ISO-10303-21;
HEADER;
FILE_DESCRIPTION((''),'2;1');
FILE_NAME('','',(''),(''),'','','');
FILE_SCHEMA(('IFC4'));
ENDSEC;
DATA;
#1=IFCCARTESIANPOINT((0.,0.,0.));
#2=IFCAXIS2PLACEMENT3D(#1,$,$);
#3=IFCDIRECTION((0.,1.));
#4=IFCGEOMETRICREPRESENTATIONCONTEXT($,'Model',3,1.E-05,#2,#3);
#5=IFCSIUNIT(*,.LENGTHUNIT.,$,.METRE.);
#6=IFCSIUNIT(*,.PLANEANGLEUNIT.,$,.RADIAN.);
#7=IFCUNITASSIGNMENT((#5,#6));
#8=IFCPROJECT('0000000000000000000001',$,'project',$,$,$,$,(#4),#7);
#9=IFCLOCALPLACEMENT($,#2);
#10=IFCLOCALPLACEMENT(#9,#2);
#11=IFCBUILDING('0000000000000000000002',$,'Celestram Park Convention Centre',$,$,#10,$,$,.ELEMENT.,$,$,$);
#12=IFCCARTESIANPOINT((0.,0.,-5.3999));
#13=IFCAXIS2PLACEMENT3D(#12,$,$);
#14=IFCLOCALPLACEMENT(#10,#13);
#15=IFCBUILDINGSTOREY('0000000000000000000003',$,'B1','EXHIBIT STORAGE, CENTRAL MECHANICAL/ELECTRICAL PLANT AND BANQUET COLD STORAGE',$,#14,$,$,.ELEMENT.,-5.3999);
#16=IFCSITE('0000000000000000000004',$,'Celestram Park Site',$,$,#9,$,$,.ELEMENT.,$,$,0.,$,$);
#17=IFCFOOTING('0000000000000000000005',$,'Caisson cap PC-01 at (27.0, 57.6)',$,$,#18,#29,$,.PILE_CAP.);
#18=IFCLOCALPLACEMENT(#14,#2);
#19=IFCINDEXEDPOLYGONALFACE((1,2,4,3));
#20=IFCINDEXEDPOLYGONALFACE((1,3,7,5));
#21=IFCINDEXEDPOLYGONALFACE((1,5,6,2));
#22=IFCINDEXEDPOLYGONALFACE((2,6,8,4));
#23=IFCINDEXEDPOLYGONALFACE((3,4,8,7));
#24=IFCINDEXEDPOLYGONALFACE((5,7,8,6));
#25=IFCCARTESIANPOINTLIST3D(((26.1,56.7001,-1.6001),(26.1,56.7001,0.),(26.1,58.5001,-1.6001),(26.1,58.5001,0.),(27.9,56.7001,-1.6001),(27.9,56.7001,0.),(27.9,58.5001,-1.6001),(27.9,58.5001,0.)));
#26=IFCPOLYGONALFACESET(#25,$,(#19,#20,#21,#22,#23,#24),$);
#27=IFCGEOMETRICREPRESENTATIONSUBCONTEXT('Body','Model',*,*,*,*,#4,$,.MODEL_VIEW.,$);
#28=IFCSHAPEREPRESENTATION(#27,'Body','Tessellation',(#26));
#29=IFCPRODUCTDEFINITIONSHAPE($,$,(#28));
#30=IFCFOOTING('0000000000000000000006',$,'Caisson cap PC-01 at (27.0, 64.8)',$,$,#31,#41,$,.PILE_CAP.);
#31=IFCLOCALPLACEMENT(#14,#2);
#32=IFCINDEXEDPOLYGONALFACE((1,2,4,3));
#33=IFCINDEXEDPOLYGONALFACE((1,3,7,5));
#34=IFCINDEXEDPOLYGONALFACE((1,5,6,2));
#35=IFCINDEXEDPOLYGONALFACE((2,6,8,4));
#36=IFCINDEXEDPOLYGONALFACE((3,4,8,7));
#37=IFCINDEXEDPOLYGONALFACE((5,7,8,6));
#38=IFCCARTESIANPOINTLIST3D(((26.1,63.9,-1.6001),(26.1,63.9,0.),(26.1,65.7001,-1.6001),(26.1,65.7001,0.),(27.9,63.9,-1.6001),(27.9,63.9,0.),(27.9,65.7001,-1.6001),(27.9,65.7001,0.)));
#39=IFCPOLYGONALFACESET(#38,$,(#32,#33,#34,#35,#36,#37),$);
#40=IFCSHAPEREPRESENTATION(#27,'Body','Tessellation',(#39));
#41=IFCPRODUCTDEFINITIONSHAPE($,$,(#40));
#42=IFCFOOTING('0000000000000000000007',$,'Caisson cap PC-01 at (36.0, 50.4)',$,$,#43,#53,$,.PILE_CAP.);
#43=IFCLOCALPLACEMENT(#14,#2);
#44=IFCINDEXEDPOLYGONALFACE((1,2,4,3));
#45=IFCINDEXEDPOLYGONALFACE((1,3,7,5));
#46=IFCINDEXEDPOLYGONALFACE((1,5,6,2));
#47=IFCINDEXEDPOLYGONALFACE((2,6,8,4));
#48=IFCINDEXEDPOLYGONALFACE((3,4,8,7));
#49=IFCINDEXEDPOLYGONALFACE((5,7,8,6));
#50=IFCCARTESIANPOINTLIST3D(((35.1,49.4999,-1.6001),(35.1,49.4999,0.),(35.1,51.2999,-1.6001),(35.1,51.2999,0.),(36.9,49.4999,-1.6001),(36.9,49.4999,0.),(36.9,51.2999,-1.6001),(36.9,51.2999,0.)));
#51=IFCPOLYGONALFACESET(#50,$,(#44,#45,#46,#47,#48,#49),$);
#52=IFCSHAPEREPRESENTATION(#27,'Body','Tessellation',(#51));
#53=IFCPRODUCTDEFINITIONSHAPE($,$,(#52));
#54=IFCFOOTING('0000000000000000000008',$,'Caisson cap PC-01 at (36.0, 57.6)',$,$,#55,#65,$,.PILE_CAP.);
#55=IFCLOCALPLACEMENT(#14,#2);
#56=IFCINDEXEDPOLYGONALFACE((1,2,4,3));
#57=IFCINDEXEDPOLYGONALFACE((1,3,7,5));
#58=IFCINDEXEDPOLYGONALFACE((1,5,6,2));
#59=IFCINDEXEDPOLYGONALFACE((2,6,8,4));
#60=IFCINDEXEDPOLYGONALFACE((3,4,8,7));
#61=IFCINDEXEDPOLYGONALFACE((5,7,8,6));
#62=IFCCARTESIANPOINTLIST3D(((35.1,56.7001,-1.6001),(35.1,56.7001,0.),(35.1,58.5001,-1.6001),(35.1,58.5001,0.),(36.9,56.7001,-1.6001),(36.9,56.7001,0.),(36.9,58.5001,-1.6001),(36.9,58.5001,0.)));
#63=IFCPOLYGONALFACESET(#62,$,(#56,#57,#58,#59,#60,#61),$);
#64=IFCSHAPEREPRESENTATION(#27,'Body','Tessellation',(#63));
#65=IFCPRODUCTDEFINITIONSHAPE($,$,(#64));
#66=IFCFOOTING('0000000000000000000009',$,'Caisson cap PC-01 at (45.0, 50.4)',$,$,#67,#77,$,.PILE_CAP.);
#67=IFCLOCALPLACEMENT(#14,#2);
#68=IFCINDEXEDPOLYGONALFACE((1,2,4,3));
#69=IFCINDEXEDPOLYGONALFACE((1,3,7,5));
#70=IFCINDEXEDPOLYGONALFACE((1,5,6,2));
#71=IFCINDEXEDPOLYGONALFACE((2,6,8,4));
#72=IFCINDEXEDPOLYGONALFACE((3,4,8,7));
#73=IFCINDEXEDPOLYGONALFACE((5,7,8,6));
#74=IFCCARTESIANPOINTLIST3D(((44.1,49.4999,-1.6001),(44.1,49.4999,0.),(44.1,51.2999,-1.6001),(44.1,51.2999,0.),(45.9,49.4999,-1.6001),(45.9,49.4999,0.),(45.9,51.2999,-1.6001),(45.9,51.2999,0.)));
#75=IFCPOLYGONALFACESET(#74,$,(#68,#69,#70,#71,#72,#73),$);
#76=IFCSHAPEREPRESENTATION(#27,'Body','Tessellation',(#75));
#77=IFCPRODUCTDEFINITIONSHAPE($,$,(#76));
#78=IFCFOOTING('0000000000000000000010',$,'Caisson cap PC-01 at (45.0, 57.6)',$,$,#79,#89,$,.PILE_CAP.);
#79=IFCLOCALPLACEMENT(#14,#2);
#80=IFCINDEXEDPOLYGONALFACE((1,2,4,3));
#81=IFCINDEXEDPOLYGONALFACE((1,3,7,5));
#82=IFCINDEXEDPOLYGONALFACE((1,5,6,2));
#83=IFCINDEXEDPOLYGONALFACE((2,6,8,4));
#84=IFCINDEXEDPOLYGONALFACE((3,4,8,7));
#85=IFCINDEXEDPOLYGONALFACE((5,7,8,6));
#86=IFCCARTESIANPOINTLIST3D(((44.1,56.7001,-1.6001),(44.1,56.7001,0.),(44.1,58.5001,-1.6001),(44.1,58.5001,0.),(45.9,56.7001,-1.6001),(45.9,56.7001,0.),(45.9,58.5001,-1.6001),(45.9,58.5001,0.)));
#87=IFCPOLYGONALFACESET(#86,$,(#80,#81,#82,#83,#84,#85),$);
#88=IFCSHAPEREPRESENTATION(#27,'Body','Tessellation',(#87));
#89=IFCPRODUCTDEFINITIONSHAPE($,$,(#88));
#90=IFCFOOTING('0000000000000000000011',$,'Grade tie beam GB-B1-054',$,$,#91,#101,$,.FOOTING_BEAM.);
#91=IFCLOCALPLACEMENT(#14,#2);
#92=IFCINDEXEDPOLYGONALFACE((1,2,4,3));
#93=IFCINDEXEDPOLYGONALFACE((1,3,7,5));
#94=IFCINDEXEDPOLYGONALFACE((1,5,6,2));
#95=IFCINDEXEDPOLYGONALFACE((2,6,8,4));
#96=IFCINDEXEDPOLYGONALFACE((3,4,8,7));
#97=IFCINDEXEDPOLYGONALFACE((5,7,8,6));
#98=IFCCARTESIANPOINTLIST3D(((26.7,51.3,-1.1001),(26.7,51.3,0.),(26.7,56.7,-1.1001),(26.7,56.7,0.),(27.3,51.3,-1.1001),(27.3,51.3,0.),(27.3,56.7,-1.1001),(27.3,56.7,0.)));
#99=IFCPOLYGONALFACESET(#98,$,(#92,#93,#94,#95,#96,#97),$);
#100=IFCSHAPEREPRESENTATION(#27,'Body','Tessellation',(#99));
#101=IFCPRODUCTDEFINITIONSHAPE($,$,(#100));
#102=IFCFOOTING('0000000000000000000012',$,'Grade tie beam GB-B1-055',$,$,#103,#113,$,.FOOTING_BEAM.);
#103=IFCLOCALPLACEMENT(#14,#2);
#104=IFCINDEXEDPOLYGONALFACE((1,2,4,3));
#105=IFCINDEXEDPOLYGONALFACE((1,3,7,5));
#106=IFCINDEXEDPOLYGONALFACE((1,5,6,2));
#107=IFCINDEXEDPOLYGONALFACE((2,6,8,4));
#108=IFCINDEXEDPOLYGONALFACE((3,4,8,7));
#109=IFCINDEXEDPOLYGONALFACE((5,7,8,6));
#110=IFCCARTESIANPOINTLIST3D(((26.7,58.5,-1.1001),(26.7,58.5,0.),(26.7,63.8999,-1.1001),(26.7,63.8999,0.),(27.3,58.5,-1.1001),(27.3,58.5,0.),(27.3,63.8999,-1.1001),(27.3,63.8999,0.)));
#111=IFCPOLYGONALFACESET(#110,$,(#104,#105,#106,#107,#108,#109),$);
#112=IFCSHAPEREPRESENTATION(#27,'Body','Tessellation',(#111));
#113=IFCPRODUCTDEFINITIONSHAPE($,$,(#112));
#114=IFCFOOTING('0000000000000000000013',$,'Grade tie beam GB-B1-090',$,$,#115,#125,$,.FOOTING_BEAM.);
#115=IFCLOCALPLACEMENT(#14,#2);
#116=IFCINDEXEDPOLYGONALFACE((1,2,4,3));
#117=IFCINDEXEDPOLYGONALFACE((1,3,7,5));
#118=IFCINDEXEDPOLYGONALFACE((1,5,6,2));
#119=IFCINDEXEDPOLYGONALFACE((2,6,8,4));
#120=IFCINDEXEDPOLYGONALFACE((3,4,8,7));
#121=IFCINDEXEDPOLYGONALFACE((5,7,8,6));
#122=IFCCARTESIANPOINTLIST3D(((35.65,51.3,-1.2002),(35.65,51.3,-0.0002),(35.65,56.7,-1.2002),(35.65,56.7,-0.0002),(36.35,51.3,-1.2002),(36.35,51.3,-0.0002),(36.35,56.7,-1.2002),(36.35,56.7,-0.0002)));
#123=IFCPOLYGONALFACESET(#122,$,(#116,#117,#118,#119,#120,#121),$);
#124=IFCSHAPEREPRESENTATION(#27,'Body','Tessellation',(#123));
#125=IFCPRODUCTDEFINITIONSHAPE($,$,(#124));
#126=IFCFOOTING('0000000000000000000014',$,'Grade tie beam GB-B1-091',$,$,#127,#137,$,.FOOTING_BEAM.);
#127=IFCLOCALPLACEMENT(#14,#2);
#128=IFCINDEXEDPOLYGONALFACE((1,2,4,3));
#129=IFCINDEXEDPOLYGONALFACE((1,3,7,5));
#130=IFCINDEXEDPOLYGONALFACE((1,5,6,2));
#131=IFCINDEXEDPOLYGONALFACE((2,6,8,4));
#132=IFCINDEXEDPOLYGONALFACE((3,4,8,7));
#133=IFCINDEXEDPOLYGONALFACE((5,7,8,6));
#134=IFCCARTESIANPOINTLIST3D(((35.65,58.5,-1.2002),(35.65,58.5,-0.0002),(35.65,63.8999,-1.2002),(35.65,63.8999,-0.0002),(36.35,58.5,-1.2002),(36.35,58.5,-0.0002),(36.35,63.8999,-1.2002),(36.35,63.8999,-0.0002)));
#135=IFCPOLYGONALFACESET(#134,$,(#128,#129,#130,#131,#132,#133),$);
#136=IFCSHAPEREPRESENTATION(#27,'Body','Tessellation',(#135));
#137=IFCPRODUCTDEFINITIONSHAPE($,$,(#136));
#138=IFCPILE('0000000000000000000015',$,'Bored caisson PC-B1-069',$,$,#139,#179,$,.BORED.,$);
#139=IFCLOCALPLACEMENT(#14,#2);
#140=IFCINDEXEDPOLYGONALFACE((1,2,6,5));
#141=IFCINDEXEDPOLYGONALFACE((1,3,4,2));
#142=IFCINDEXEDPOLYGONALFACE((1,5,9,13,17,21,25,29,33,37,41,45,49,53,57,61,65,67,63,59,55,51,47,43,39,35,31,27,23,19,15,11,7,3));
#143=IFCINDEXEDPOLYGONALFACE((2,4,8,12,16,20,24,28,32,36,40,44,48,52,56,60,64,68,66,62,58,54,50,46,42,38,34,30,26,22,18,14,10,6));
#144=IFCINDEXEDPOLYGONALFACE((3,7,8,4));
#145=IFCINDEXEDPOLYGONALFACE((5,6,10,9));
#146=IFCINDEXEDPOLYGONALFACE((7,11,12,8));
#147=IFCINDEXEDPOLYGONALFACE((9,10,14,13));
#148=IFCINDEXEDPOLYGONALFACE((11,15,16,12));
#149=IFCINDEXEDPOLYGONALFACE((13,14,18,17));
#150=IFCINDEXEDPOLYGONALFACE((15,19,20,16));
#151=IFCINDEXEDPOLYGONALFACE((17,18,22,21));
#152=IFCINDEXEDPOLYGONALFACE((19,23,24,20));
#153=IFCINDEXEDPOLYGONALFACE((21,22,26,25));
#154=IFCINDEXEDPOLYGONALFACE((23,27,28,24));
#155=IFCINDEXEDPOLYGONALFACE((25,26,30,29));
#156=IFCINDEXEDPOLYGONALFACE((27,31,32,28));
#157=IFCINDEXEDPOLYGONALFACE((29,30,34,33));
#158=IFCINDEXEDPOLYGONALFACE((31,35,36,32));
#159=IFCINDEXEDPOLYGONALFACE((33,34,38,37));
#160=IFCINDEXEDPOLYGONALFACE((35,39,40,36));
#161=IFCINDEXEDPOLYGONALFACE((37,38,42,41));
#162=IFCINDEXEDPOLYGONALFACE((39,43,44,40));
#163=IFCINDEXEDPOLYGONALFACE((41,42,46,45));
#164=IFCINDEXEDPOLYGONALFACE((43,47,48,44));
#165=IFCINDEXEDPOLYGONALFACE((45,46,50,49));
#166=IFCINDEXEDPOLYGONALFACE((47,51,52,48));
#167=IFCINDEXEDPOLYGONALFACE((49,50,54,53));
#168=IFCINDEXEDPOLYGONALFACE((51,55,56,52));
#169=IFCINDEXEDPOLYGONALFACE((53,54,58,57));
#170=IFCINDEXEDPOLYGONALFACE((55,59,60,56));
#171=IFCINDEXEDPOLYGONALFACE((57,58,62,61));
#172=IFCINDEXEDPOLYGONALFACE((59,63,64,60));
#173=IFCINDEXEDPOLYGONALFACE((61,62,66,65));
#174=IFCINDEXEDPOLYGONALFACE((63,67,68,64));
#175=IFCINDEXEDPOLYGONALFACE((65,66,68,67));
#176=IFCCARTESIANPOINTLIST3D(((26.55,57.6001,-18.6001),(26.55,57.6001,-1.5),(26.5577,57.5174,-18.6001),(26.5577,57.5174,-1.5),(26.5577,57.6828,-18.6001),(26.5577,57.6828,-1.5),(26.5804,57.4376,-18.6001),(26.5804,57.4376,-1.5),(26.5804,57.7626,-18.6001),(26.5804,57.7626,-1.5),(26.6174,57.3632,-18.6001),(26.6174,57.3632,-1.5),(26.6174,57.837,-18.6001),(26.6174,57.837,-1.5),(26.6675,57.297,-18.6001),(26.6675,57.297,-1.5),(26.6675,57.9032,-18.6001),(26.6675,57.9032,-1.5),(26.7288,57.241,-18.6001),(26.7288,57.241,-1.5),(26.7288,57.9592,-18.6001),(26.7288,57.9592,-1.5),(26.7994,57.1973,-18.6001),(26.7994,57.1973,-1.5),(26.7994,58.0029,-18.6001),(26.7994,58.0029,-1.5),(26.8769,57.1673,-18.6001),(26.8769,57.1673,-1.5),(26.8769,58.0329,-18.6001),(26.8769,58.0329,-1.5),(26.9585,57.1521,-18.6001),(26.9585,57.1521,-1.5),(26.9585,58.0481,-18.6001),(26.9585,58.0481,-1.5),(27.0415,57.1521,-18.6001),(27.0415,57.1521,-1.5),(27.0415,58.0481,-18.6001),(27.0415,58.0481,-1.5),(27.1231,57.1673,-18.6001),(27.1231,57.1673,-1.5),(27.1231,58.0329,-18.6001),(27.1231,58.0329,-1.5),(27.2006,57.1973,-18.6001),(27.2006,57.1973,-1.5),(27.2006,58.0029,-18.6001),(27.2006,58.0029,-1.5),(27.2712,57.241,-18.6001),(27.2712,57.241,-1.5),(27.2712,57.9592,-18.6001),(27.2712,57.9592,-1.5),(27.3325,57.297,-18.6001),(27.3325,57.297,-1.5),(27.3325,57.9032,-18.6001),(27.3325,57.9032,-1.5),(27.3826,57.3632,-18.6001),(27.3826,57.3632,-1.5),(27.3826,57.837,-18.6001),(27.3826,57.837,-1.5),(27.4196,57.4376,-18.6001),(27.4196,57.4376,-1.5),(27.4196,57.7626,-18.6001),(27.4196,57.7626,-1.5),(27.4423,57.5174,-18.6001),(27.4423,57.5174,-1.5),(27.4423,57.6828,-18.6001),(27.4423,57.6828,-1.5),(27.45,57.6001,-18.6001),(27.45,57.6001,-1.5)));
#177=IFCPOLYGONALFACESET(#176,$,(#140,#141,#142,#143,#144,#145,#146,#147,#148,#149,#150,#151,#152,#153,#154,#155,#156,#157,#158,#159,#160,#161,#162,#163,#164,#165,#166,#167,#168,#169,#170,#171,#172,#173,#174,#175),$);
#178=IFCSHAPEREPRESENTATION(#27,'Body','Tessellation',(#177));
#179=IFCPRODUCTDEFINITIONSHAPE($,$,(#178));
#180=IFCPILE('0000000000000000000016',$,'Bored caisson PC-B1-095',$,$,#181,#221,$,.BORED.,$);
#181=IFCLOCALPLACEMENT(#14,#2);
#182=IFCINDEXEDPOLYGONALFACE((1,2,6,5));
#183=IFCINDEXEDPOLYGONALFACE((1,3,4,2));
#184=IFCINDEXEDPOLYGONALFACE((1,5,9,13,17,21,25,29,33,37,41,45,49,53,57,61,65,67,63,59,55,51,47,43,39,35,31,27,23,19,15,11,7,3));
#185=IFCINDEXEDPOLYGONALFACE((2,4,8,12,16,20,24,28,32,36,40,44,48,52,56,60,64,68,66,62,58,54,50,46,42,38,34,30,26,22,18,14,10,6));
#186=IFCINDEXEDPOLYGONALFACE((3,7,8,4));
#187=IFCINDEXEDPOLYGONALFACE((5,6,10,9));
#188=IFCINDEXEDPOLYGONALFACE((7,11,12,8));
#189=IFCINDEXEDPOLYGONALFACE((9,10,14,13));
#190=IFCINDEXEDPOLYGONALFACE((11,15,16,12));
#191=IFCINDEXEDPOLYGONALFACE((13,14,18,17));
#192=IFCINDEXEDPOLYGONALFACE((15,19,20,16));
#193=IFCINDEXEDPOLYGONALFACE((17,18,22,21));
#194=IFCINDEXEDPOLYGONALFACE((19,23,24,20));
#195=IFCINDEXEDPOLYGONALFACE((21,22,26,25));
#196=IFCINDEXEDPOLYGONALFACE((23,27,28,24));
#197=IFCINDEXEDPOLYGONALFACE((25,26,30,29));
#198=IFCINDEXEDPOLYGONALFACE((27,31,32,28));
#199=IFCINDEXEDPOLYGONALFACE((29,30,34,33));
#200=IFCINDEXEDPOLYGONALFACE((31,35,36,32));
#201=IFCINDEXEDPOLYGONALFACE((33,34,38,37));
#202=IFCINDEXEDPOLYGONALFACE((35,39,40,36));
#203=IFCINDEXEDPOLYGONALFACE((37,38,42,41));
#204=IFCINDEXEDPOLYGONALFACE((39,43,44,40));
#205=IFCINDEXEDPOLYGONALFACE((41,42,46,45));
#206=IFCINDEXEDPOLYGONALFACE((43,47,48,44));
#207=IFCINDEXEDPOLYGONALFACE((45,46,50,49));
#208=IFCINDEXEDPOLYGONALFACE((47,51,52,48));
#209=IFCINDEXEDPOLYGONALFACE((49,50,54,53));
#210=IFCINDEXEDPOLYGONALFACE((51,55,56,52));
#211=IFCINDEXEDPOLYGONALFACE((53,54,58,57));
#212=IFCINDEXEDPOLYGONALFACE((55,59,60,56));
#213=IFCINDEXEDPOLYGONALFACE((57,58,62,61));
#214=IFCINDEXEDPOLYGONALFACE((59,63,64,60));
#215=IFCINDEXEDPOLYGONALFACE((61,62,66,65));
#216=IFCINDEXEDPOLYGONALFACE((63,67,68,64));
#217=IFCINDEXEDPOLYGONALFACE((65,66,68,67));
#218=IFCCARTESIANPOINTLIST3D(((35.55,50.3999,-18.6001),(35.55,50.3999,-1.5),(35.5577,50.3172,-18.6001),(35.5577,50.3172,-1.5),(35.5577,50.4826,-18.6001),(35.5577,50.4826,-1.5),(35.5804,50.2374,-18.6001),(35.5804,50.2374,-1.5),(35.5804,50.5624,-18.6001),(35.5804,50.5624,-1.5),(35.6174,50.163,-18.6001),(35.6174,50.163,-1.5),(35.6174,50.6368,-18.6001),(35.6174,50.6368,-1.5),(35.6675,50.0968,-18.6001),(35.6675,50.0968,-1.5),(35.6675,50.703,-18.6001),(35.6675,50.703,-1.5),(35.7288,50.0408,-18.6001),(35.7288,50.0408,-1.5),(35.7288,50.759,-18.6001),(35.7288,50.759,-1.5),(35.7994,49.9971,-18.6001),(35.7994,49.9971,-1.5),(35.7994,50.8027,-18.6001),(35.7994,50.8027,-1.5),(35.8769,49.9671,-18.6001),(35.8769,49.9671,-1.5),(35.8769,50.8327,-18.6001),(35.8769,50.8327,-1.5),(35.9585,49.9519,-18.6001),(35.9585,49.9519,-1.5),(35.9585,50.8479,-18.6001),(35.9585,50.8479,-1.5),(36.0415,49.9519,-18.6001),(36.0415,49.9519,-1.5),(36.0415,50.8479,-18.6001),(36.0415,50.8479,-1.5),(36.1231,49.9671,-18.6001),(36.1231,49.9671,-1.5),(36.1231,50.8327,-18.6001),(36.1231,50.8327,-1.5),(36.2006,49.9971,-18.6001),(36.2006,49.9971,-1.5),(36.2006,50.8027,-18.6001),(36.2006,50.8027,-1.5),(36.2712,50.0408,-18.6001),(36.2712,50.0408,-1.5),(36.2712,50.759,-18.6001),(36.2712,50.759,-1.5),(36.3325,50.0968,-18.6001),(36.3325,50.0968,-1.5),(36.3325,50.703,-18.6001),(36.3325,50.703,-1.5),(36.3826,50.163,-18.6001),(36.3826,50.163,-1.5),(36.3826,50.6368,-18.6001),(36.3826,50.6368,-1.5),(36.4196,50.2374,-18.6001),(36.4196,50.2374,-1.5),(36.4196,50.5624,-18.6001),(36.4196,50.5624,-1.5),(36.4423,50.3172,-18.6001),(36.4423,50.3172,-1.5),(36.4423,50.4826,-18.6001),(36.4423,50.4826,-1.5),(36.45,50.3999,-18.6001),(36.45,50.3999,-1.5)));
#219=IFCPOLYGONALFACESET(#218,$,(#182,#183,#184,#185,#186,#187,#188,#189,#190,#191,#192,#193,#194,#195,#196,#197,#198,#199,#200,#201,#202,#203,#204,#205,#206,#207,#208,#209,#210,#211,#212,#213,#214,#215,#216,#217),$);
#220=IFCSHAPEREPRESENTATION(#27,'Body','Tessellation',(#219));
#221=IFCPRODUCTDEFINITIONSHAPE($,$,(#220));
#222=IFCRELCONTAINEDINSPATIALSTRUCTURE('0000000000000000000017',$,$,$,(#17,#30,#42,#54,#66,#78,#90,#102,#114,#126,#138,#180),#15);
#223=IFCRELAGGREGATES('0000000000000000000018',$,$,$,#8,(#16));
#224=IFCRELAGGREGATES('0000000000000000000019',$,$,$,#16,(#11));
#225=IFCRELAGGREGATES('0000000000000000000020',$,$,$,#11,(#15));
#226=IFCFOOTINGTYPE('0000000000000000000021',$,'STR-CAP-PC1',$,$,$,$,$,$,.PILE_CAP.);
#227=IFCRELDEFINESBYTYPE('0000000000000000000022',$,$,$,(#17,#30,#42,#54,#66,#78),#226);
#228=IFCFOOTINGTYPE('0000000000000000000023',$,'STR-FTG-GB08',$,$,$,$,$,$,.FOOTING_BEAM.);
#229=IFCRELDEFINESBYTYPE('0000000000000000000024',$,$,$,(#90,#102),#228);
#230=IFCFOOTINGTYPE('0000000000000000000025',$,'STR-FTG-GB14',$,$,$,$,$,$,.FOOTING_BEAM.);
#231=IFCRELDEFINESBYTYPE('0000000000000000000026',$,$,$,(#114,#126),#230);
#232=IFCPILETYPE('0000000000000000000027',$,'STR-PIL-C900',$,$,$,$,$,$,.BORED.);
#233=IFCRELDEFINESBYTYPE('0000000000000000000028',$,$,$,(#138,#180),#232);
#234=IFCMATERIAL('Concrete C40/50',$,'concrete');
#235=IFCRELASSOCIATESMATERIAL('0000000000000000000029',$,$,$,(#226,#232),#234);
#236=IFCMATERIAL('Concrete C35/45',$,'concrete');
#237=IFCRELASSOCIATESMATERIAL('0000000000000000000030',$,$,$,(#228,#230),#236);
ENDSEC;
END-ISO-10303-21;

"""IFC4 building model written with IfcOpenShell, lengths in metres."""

from ifc_helpers import new_model, si_unit, direction, frame, origin, origin_2d, place, context, subcontext, project, spatial, rectangle, circle, extrude, material, material_profile, profile_set, type_object, element, save


model = new_model("IFC4")

# Units and contexts
model_context = context("Model", 3, precision=1e-05, world=origin(), true_north=direction((0.0, 1.0)))
body_context = subcontext(model_context, "Body", "Model", "MODEL_VIEW")
ifc_project = project(units=[si_unit("LENGTHUNIT", "METRE"), si_unit("PLANEANGLEUNIT", "RADIAN")], contexts=[model_context])

# Site, building, storey
site_placement = place(None, origin())
site = spatial("IfcSite", under=ifc_project, at=site_placement, Name="Celestram Park Site", CompositionType="ELEMENT", RefElevation=0.0)
building_placement = place(site_placement, origin())
building = spatial("IfcBuilding", under=site, at=building_placement, Name="Celestram Park Convention Centre", CompositionType="ELEMENT")
storey_placement = place(building_placement, frame((0.0, 0.0, -5.3999)))
storey = spatial("IfcBuildingStorey", under=building, at=storey_placement, Name="B1", Description="EXHIBIT STORAGE, CENTRAL MECHANICAL/ELECTRICAL PLANT AND BANQUET COLD STORAGE", CompositionType="ELEMENT", Elevation=-5.3999)

# Footings
ifc_material_1 = material(Name="Concrete C40/50", Category="concrete")
footing_type_1 = type_object("IfcFootingType", Name="STR-CAP-PC1", PredefinedType="PILE_CAP", material=ifc_material_1)
for number, where, z_axis, x_axis, name in (
    (1, (27.0, 57.6001, -1.6001), (0.0, 0.0, 1.0), (1.0, 0.0, 0.0), "Caisson cap PC-01 at (27.0, 57.6)"),
    (2, (27.0, 64.8, -1.6001), (0.0, 0.0, 1.0), (1.0, 0.0, 0.0), "Caisson cap PC-01 at (27.0, 64.8)"),
    (3, (36.0, 50.3999, -1.6001), (0.0, 0.0, 1.0), (1.0, 0.0, 0.0), "Caisson cap PC-01 at (36.0, 50.4)"),
    (4, (36.0, 57.6001, -1.6001), (0.0, 0.0, 1.0), (1.0, 0.0, 0.0), "Caisson cap PC-01 at (36.0, 57.6)"),
    (5, (45.0, 50.3999, -1.6001), (0.0, 0.0, 1.0), (1.0, 0.0, 0.0), "Caisson cap PC-01 at (45.0, 50.4)"),
    (6, (45.0, 57.6001, -1.6001), (0.0, 0.0, 1.0), (1.0, 0.0, 0.0), "Caisson cap PC-01 at (45.0, 57.6)"),
):
    element("IfcFooting", number, at=place(storey_placement, frame(where, z_axis=z_axis, x_axis=x_axis)), inside=storey, type_object=footing_type_1, Name=name, PredefinedType="PILE_CAP", context=body_context, shape_type="SweptSolid", body=[
        extrude(rectangle(XDim=1.8, YDim=1.8, at=origin_2d()), origin(), (0.0, 0.0, 1.0), 1.6001),
    ])
ifc_material_2 = material(Name="Concrete C35/45", Category="concrete")
footing_type_2 = type_object("IfcFootingType", Name="STR-FTG-GB08", PredefinedType="FOOTING_BEAM", material=ifc_material_2)
for number, where, z_axis, x_axis, name in (
    (7, (27.0, 54.0, -1.1001), (0.0, 0.0, 1.0), (0.0, 1.0, 0.0), "Grade tie beam GB-B1-054"),
    (8, (27.0, 61.2, -1.1001), (0.0, 0.0, 1.0), (0.0, 1.0, 0.0), "Grade tie beam GB-B1-055"),
):
    element("IfcFooting", number, at=place(storey_placement, frame(where, z_axis=z_axis, x_axis=x_axis)), inside=storey, type_object=footing_type_2, Name=name, PredefinedType="FOOTING_BEAM", context=body_context, shape_type="SweptSolid", body=[
        extrude(rectangle(XDim=5.3999, YDim=0.6001, at=origin_2d()), origin(), (0.0, 0.0, 1.0), 1.1001),
    ])
footing_type_3 = type_object("IfcFootingType", Name="STR-FTG-GB14", PredefinedType="FOOTING_BEAM", material=ifc_material_2)
for number, where, z_axis, x_axis, name in (
    (9, (36.0, 54.0, -1.2002), (0.0, 0.0, 1.0), (0.0, 1.0, 0.0), "Grade tie beam GB-B1-090"),
    (10, (36.0, 61.2, -1.2002), (0.0, 0.0, 1.0), (0.0, 1.0, 0.0), "Grade tie beam GB-B1-091"),
):
    element("IfcFooting", number, at=place(storey_placement, frame(where, z_axis=z_axis, x_axis=x_axis)), inside=storey, type_object=footing_type_3, Name=name, PredefinedType="FOOTING_BEAM", context=body_context, shape_type="SweptSolid", body=[
        extrude(rectangle(XDim=5.3999, YDim=0.7, at=origin_2d()), origin(), (0.0, 0.0, 1.0), 1.2),
    ])

# Piles
ifc_material_profile_1 = material_profile(ifc_material_1, circle(Radius=0.45, at=origin_2d()), Name="CAISSON900")
ifc_profile_set_1 = profile_set([ifc_material_profile_1], Name="Concrete C40/50")
pile_type = type_object("IfcPileType", Name="STR-PIL-C900", PredefinedType="BORED", material=ifc_profile_set_1)
for number, where, z_axis, x_axis, name in (
    (11, (27.0, 57.6001, -1.5), (0.0, 0.0, -1.0), (1.0, 0.0, 0.0), "Bored caisson PC-B1-069"),
    (12, (36.0, 50.3999, -1.5), (0.0, 0.0, -1.0), (1.0, 0.0, 0.0), "Bored caisson PC-B1-095"),
):
    element("IfcPile", number, at=place(storey_placement, frame(where, z_axis=z_axis, x_axis=x_axis)), inside=storey, type_object=pile_type, Name=name, PredefinedType="BORED", context=body_context, shape_type="SweptSolid", body=[
        extrude(circle(Radius=0.45, at=origin_2d()), origin(), (0.0, 0.0, 1.0), 17.1001),
    ])

save(model, "model.ifc")
